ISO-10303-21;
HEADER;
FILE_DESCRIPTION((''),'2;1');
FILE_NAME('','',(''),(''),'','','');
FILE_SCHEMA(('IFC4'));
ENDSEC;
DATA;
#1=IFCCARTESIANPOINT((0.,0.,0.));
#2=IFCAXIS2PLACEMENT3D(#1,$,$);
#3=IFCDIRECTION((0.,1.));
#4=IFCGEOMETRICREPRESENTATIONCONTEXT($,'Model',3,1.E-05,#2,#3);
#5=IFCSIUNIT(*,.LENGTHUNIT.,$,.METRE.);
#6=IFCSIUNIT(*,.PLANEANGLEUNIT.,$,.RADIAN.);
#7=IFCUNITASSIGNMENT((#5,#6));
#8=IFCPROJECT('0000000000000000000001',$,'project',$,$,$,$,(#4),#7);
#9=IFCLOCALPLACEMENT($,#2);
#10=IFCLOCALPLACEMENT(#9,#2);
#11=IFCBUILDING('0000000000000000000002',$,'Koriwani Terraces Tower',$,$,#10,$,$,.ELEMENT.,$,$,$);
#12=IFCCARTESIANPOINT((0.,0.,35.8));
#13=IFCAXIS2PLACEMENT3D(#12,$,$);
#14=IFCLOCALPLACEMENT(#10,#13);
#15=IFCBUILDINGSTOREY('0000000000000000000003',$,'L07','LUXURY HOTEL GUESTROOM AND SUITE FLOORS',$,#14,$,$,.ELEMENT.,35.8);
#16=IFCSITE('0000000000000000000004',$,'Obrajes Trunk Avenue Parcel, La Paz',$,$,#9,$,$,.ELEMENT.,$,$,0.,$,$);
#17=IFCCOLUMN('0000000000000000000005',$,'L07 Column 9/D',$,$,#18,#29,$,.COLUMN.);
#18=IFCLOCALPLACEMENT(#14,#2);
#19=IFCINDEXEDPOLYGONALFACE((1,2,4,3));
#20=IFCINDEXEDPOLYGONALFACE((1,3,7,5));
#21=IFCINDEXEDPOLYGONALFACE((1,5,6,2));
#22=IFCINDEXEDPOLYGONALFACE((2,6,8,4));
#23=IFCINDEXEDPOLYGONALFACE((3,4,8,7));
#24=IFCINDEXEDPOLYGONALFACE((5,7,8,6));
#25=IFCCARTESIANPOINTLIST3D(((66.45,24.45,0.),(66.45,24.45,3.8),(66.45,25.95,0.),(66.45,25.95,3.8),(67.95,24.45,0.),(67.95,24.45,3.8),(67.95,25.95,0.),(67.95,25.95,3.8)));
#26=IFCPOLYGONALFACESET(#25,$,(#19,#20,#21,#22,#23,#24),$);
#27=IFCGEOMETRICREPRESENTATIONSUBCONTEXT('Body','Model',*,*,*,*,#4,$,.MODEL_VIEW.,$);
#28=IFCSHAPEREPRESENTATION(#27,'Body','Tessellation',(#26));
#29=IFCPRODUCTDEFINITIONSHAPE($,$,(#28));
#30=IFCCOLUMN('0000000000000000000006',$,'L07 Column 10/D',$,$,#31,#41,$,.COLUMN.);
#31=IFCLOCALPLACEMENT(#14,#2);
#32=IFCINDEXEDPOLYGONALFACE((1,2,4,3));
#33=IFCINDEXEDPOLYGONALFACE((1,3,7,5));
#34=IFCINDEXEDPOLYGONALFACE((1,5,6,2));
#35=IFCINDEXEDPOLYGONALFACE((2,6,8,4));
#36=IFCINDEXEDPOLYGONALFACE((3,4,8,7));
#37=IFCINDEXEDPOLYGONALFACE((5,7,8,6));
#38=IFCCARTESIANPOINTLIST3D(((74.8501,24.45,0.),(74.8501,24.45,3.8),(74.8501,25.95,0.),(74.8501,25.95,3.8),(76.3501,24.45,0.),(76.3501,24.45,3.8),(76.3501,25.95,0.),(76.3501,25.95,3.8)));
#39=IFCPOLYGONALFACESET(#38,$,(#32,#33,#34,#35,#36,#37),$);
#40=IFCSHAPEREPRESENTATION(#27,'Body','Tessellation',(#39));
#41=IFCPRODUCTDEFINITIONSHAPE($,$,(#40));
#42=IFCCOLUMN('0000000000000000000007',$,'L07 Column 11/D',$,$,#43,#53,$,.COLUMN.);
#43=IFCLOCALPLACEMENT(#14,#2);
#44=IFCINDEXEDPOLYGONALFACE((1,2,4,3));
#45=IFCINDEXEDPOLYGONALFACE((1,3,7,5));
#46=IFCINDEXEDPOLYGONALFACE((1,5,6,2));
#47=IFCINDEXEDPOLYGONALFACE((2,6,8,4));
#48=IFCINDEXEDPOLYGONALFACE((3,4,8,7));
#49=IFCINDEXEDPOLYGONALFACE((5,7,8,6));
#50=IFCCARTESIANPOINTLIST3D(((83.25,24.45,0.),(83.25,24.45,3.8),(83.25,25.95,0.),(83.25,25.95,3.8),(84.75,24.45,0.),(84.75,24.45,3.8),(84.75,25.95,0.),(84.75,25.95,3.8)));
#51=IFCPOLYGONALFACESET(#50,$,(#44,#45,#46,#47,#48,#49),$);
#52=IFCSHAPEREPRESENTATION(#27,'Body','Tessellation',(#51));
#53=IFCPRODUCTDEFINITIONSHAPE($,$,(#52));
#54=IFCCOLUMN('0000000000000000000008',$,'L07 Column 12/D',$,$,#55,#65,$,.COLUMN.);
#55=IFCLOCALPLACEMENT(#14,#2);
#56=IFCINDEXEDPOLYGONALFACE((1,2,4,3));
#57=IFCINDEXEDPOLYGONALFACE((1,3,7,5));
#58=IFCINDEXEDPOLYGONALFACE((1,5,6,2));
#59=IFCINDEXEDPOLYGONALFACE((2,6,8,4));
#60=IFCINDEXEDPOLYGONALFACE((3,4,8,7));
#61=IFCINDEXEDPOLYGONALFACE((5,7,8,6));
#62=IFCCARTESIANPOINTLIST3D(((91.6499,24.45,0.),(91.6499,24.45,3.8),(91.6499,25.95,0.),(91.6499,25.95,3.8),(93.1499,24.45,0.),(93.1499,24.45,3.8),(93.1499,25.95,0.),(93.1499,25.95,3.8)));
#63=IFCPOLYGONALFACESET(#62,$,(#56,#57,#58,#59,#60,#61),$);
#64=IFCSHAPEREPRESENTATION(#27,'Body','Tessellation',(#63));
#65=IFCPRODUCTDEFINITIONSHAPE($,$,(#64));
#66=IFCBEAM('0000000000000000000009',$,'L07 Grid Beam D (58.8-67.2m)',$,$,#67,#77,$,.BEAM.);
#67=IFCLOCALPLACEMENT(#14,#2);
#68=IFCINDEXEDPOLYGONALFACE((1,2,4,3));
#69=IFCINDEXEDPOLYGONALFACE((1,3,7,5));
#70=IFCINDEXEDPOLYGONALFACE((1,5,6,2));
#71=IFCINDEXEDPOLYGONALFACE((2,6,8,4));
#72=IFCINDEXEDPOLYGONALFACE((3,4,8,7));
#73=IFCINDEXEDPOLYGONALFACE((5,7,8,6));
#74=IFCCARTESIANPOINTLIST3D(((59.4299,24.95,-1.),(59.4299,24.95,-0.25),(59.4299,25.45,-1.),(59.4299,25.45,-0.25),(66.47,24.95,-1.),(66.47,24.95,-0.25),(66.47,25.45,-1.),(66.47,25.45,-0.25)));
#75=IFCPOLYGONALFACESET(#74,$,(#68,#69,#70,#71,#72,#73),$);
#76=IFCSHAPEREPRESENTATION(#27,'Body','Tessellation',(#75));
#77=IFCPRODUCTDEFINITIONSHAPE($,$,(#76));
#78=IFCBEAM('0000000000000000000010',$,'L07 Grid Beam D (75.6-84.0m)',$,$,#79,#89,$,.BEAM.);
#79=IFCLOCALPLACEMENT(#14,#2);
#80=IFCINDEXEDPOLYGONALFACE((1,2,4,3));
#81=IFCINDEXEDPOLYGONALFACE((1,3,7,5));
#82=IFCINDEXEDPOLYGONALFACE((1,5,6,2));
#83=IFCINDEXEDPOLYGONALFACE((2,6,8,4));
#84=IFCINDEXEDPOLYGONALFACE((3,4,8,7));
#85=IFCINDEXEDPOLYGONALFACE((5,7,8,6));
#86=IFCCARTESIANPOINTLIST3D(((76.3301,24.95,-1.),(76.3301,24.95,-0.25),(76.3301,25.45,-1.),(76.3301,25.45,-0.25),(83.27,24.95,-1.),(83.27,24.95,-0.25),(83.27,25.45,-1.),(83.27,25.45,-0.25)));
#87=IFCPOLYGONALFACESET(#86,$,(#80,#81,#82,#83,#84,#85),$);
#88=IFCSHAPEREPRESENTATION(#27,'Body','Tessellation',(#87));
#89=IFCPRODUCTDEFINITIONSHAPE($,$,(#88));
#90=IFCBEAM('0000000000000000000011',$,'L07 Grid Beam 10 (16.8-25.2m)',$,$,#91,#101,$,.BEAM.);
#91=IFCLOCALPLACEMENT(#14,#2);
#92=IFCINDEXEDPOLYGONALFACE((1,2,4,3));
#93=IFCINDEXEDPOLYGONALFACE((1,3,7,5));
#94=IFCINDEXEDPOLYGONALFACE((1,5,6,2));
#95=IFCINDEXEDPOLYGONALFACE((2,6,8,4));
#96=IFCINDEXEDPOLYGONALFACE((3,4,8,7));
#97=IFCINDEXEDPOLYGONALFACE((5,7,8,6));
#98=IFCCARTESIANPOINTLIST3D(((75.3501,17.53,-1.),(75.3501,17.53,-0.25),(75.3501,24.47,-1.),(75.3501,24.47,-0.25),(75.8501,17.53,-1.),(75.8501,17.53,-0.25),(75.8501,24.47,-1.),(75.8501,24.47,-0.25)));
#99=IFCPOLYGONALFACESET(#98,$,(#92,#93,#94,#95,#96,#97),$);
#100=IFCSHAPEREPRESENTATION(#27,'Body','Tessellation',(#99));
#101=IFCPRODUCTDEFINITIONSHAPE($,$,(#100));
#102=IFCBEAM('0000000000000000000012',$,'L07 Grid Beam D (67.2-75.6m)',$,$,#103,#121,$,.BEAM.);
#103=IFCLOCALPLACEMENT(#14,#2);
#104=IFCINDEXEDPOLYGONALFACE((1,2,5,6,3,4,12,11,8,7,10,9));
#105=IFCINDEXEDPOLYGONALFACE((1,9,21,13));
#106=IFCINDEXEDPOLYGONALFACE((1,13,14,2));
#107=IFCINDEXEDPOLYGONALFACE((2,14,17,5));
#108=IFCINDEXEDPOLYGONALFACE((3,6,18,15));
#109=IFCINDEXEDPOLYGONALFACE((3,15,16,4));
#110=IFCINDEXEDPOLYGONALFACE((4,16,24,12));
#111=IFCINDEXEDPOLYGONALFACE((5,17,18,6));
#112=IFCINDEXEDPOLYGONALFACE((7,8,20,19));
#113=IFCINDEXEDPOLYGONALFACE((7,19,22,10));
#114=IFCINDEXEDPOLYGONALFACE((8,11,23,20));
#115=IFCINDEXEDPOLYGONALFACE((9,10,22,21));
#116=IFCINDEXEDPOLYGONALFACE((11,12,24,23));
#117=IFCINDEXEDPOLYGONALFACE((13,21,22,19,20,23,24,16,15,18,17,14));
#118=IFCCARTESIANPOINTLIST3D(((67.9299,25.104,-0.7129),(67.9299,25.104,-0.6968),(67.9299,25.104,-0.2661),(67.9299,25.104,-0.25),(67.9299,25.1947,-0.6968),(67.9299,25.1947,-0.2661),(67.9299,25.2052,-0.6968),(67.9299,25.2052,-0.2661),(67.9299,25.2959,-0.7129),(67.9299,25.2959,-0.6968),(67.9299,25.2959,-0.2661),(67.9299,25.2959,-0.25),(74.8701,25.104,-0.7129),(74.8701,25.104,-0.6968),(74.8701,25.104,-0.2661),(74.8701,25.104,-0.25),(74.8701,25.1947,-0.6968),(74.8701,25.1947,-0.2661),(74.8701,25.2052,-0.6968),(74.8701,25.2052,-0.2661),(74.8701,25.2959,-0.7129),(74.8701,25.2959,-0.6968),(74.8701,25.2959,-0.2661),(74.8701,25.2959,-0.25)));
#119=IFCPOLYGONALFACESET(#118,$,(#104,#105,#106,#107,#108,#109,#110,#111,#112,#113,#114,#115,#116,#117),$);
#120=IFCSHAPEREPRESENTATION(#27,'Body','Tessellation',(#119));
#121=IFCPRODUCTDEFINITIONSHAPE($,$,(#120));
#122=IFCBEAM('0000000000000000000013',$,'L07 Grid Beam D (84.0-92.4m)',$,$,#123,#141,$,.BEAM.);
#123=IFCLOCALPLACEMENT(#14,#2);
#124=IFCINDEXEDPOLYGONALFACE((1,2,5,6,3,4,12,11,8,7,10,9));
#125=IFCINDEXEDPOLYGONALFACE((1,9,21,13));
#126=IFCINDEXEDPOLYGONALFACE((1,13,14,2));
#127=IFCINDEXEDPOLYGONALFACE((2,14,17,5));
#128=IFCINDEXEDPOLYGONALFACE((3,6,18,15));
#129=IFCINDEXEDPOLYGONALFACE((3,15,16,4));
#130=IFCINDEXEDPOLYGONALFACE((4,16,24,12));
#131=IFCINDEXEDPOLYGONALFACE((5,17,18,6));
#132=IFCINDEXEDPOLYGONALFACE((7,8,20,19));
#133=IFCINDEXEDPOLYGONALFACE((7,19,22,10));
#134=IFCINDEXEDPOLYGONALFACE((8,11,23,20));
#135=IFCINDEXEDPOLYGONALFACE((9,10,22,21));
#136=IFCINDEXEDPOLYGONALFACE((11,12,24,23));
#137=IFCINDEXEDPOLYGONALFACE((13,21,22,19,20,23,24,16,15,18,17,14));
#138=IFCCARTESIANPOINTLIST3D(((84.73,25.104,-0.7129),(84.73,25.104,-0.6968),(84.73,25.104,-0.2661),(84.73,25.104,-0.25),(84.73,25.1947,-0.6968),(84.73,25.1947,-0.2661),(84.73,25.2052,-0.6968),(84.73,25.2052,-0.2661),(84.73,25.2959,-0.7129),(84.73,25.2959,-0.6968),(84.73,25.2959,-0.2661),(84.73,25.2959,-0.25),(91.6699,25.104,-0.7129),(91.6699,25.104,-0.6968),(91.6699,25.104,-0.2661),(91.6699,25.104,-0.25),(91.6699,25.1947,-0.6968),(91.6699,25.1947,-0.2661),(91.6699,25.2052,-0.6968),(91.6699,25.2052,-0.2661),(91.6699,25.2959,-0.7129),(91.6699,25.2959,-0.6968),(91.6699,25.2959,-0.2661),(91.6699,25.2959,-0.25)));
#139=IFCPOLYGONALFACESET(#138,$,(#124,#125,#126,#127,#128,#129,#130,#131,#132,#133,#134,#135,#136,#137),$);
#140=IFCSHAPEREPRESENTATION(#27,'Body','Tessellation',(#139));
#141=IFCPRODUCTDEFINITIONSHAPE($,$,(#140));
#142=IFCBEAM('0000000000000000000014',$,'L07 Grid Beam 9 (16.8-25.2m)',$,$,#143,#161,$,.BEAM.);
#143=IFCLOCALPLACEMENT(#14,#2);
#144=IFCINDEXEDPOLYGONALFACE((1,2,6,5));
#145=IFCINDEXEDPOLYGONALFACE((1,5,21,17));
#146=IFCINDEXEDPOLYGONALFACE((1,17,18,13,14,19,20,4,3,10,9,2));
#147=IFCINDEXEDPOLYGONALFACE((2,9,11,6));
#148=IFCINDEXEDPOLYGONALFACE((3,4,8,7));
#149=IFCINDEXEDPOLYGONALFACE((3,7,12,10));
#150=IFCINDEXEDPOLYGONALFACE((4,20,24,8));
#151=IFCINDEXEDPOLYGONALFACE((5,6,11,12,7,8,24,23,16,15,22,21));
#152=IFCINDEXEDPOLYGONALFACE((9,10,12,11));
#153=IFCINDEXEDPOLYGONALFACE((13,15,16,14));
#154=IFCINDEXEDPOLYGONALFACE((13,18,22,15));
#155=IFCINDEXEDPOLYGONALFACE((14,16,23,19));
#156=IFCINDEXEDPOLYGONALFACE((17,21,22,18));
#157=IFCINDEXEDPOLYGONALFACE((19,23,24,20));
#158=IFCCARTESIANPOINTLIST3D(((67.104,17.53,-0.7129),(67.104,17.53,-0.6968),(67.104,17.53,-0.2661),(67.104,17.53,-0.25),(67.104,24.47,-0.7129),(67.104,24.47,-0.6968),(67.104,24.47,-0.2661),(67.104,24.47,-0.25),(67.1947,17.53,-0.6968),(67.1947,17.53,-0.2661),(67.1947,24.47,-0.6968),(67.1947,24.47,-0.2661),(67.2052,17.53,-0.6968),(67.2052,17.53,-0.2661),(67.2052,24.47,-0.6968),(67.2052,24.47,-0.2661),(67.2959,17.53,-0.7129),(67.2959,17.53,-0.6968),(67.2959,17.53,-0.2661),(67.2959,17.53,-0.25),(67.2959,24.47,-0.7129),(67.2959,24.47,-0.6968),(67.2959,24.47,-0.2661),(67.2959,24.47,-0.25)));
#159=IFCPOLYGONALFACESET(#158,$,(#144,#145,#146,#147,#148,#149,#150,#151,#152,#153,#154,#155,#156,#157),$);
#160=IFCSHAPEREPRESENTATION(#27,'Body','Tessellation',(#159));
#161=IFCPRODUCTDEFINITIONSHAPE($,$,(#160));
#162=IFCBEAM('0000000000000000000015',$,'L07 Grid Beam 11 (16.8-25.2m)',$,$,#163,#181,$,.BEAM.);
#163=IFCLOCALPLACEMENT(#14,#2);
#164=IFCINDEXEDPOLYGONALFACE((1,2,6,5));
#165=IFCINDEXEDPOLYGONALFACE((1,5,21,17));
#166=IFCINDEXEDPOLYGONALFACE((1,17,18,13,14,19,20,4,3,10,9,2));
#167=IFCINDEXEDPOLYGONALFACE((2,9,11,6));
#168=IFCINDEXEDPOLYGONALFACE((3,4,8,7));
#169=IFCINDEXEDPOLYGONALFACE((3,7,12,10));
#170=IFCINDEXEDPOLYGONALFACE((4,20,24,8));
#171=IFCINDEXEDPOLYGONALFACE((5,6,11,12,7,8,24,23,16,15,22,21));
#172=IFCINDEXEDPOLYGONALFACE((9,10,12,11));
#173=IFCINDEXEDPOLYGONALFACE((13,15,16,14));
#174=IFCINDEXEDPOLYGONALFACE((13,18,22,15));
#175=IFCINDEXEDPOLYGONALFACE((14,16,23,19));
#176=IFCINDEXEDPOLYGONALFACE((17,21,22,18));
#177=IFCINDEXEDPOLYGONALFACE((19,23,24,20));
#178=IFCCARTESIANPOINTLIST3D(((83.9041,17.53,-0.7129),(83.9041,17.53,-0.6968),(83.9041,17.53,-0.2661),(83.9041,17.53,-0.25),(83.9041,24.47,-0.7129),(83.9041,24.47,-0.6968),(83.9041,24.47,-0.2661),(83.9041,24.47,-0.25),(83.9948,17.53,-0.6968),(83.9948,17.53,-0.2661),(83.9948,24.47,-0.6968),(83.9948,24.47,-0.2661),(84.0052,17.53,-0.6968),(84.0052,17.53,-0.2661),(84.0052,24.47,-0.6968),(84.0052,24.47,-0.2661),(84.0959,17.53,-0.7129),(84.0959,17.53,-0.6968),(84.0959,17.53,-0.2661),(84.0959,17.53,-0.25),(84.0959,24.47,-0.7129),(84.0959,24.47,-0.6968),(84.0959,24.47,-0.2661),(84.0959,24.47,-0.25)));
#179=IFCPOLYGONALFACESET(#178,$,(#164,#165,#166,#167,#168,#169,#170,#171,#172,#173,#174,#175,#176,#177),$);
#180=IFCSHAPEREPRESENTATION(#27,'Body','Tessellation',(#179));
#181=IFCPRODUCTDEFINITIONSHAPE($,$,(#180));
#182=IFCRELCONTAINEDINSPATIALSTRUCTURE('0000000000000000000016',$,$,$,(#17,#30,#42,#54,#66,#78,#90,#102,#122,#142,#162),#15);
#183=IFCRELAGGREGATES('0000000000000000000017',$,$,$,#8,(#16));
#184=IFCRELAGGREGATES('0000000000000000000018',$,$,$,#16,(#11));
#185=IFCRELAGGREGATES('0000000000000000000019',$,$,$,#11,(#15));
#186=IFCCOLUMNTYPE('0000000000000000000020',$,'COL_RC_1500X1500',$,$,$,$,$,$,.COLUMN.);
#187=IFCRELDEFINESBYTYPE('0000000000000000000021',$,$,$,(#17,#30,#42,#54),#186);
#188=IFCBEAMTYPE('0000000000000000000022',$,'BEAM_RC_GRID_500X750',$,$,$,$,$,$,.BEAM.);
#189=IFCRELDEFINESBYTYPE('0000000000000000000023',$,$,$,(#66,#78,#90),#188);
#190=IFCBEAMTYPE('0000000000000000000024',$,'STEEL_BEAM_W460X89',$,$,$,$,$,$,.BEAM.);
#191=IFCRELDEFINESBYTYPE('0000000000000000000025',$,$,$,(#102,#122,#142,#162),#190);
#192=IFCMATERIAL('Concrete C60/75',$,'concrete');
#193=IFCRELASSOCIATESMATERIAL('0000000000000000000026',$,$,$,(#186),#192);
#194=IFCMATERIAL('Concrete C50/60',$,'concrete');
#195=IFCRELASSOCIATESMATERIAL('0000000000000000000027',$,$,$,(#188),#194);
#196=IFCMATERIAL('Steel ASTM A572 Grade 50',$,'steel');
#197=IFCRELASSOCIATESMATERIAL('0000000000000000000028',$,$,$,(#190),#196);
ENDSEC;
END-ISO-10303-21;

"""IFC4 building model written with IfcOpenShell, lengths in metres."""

from ifc_helpers import new_model, si_unit, direction, frame, origin, origin_2d, place, context, subcontext, project, spatial, rectangle, i_section, extrude, material, material_profile, profile_set, type_object, element, save


model = new_model("IFC4")

# Units and contexts
model_context = context("Model", 3, precision=1e-05, world=origin(), true_north=direction((0.0, 1.0)))
body_context = subcontext(model_context, "Body", "Model", "MODEL_VIEW")
ifc_project = project(units=[si_unit("LENGTHUNIT", "METRE"), si_unit("PLANEANGLEUNIT", "RADIAN")], contexts=[model_context])

# Site, building, storey
site_placement = place(None, origin())
site = spatial("IfcSite", under=ifc_project, at=site_placement, Name="Obrajes Trunk Avenue Parcel, La Paz", CompositionType="ELEMENT", RefElevation=0.0)
building_placement = place(site_placement, origin())
building = spatial("IfcBuilding", under=site, at=building_placement, Name="Koriwani Terraces Tower", CompositionType="ELEMENT")
storey_placement = place(building_placement, frame((0.0, 0.0, 35.8)))
storey = spatial("IfcBuildingStorey", under=building, at=storey_placement, Name="L07", Description="LUXURY HOTEL GUESTROOM AND SUITE FLOORS", CompositionType="ELEMENT", Elevation=35.8)

# Columns
ifc_material_1 = material(Name="Concrete C60/75", Category="concrete")
ifc_material_profile_1 = material_profile(ifc_material_1, rectangle(XDim=1.5, YDim=1.5, at=origin_2d()), Name="Concrete C60/75", Category="LoadBearing")
ifc_profile_set_1 = profile_set([ifc_material_profile_1], Name="Concrete C60/75")
column_type = type_object("IfcColumnType", Name="COL_RC_1500X1500", PredefinedType="COLUMN", material=ifc_profile_set_1)
for number, where, z_axis, x_axis, name in (
    (1, (67.2, 25.2, 0.0), (0.0, 0.0, 1.0), (1.0, 0.0, 0.0), "L07 Column 9/D"),
    (2, (75.6001, 25.2, 0.0), (0.0, 0.0, 1.0), (1.0, 0.0, 0.0), "L07 Column 10/D"),
    (3, (84.0, 25.2, 0.0), (0.0, 0.0, 1.0), (1.0, 0.0, 0.0), "L07 Column 11/D"),
    (4, (92.3999, 25.2, 0.0), (0.0, 0.0, 1.0), (1.0, 0.0, 0.0), "L07 Column 12/D"),
):
    element("IfcColumn", number, at=place(storey_placement, frame(where, z_axis=z_axis, x_axis=x_axis)), inside=storey, type_object=column_type, Name=name, PredefinedType="COLUMN", context=body_context, shape_type="SweptSolid", body=[
        extrude(rectangle(XDim=1.5, YDim=1.5, at=origin_2d()), origin(), (0.0, 0.0, 1.0), 3.8),
    ])

# Beams
ifc_material_2 = material(Name="Concrete C50/60", Category="concrete")
ifc_material_profile_2 = material_profile(ifc_material_2, rectangle(XDim=0.5, YDim=0.75, at=origin_2d()), Name="Concrete C50/60", Category="LoadBearing")
ifc_profile_set_2 = profile_set([ifc_material_profile_2], Name="Concrete C50/60")
beam_type_1 = type_object("IfcBeamType", Name="BEAM_RC_GRID_500X750", PredefinedType="BEAM", material=ifc_profile_set_2)
beam_1_placement = place(storey_placement, frame((59.4299, 25.2, -0.625), z_axis=(1.0, 0.0, 0.0), x_axis=(0.0, 1.0, 0.0)))
element("IfcBeam", 5, at=beam_1_placement, inside=storey, type_object=beam_type_1, Name="L07 Grid Beam D (58.8-67.2m)", PredefinedType="BEAM", context=body_context, shape_type="SweptSolid", body=[
    extrude(rectangle(XDim=0.5, YDim=0.75, at=origin_2d()), origin(), (0.0, 0.0, 1.0), 7.04),
])
for number, where, z_axis, x_axis, name in (
    (6, (76.3301, 25.2, -0.625), (1.0, 0.0, 0.0), (0.0, 1.0, 0.0), "L07 Grid Beam D (75.6-84.0m)"),
    (7, (75.6001, 17.53, -0.625), (0.0, 1.0, 0.0), (-1.0, 0.0, 0.0), "L07 Grid Beam 10 (16.8-25.2m)"),
):
    element("IfcBeam", number, at=place(storey_placement, frame(where, z_axis=z_axis, x_axis=x_axis)), inside=storey, type_object=beam_type_1, Name=name, PredefinedType="BEAM", context=body_context, shape_type="SweptSolid", body=[
        extrude(rectangle(XDim=0.5, YDim=0.75, at=origin_2d()), origin(), (0.0, 0.0, 1.0), 6.9399),
    ])
ifc_material_3 = material(Name="Steel ASTM A572 Grade 50", Category="steel")
ifc_material_profile_3 = material_profile(ifc_material_3, i_section(OverallWidth=0.1919, OverallDepth=0.4629, WebThickness=0.0105, FlangeThickness=0.0161, at=origin_2d()), Name="Steel ASTM A572 Grade 50", Category="LoadBearing")
ifc_profile_set_3 = profile_set([ifc_material_profile_3], Name="Steel ASTM A572 Grade 50")
beam_type_2 = type_object("IfcBeamType", Name="STEEL_BEAM_W460X89", PredefinedType="BEAM", material=ifc_profile_set_3)
beam_2_placement = place(storey_placement, frame((67.9299, 25.2, -0.4814), z_axis=(1.0, 0.0, 0.0), x_axis=(0.0, 1.0, 0.0)))
element("IfcBeam", 8, at=beam_2_placement, inside=storey, type_object=beam_type_2, Name="L07 Grid Beam D (67.2-75.6m)", PredefinedType="BEAM", context=body_context, shape_type="SweptSolid", body=[
    extrude(i_section(OverallWidth=0.1919, OverallDepth=0.4629, WebThickness=0.0105, FlangeThickness=0.0161, at=origin_2d()), origin(), (0.0, 0.0, 1.0), 6.9402),
])
for number, where, z_axis, x_axis, name in (
    (9, (84.73, 25.2, -0.4814), (1.0, 0.0, 0.0), (0.0, 1.0, 0.0), "L07 Grid Beam D (84.0-92.4m)"),
    (10, (67.2, 17.53, -0.4814), (0.0, 1.0, 0.0), (-1.0, 0.0, 0.0), "L07 Grid Beam 9 (16.8-25.2m)"),
    (11, (84.0, 17.53, -0.4814), (0.0, 1.0, 0.0), (-1.0, 0.0, 0.0), "L07 Grid Beam 11 (16.8-25.2m)"),
):
    element("IfcBeam", number, at=place(storey_placement, frame(where, z_axis=z_axis, x_axis=x_axis)), inside=storey, type_object=beam_type_2, Name=name, PredefinedType="BEAM", context=body_context, shape_type="SweptSolid", body=[
        extrude(i_section(OverallWidth=0.1919, OverallDepth=0.4629, WebThickness=0.0105, FlangeThickness=0.0161, at=origin_2d()), origin(), (0.0, 0.0, 1.0), 6.9399),
    ])

save(model, "model.ifc")
